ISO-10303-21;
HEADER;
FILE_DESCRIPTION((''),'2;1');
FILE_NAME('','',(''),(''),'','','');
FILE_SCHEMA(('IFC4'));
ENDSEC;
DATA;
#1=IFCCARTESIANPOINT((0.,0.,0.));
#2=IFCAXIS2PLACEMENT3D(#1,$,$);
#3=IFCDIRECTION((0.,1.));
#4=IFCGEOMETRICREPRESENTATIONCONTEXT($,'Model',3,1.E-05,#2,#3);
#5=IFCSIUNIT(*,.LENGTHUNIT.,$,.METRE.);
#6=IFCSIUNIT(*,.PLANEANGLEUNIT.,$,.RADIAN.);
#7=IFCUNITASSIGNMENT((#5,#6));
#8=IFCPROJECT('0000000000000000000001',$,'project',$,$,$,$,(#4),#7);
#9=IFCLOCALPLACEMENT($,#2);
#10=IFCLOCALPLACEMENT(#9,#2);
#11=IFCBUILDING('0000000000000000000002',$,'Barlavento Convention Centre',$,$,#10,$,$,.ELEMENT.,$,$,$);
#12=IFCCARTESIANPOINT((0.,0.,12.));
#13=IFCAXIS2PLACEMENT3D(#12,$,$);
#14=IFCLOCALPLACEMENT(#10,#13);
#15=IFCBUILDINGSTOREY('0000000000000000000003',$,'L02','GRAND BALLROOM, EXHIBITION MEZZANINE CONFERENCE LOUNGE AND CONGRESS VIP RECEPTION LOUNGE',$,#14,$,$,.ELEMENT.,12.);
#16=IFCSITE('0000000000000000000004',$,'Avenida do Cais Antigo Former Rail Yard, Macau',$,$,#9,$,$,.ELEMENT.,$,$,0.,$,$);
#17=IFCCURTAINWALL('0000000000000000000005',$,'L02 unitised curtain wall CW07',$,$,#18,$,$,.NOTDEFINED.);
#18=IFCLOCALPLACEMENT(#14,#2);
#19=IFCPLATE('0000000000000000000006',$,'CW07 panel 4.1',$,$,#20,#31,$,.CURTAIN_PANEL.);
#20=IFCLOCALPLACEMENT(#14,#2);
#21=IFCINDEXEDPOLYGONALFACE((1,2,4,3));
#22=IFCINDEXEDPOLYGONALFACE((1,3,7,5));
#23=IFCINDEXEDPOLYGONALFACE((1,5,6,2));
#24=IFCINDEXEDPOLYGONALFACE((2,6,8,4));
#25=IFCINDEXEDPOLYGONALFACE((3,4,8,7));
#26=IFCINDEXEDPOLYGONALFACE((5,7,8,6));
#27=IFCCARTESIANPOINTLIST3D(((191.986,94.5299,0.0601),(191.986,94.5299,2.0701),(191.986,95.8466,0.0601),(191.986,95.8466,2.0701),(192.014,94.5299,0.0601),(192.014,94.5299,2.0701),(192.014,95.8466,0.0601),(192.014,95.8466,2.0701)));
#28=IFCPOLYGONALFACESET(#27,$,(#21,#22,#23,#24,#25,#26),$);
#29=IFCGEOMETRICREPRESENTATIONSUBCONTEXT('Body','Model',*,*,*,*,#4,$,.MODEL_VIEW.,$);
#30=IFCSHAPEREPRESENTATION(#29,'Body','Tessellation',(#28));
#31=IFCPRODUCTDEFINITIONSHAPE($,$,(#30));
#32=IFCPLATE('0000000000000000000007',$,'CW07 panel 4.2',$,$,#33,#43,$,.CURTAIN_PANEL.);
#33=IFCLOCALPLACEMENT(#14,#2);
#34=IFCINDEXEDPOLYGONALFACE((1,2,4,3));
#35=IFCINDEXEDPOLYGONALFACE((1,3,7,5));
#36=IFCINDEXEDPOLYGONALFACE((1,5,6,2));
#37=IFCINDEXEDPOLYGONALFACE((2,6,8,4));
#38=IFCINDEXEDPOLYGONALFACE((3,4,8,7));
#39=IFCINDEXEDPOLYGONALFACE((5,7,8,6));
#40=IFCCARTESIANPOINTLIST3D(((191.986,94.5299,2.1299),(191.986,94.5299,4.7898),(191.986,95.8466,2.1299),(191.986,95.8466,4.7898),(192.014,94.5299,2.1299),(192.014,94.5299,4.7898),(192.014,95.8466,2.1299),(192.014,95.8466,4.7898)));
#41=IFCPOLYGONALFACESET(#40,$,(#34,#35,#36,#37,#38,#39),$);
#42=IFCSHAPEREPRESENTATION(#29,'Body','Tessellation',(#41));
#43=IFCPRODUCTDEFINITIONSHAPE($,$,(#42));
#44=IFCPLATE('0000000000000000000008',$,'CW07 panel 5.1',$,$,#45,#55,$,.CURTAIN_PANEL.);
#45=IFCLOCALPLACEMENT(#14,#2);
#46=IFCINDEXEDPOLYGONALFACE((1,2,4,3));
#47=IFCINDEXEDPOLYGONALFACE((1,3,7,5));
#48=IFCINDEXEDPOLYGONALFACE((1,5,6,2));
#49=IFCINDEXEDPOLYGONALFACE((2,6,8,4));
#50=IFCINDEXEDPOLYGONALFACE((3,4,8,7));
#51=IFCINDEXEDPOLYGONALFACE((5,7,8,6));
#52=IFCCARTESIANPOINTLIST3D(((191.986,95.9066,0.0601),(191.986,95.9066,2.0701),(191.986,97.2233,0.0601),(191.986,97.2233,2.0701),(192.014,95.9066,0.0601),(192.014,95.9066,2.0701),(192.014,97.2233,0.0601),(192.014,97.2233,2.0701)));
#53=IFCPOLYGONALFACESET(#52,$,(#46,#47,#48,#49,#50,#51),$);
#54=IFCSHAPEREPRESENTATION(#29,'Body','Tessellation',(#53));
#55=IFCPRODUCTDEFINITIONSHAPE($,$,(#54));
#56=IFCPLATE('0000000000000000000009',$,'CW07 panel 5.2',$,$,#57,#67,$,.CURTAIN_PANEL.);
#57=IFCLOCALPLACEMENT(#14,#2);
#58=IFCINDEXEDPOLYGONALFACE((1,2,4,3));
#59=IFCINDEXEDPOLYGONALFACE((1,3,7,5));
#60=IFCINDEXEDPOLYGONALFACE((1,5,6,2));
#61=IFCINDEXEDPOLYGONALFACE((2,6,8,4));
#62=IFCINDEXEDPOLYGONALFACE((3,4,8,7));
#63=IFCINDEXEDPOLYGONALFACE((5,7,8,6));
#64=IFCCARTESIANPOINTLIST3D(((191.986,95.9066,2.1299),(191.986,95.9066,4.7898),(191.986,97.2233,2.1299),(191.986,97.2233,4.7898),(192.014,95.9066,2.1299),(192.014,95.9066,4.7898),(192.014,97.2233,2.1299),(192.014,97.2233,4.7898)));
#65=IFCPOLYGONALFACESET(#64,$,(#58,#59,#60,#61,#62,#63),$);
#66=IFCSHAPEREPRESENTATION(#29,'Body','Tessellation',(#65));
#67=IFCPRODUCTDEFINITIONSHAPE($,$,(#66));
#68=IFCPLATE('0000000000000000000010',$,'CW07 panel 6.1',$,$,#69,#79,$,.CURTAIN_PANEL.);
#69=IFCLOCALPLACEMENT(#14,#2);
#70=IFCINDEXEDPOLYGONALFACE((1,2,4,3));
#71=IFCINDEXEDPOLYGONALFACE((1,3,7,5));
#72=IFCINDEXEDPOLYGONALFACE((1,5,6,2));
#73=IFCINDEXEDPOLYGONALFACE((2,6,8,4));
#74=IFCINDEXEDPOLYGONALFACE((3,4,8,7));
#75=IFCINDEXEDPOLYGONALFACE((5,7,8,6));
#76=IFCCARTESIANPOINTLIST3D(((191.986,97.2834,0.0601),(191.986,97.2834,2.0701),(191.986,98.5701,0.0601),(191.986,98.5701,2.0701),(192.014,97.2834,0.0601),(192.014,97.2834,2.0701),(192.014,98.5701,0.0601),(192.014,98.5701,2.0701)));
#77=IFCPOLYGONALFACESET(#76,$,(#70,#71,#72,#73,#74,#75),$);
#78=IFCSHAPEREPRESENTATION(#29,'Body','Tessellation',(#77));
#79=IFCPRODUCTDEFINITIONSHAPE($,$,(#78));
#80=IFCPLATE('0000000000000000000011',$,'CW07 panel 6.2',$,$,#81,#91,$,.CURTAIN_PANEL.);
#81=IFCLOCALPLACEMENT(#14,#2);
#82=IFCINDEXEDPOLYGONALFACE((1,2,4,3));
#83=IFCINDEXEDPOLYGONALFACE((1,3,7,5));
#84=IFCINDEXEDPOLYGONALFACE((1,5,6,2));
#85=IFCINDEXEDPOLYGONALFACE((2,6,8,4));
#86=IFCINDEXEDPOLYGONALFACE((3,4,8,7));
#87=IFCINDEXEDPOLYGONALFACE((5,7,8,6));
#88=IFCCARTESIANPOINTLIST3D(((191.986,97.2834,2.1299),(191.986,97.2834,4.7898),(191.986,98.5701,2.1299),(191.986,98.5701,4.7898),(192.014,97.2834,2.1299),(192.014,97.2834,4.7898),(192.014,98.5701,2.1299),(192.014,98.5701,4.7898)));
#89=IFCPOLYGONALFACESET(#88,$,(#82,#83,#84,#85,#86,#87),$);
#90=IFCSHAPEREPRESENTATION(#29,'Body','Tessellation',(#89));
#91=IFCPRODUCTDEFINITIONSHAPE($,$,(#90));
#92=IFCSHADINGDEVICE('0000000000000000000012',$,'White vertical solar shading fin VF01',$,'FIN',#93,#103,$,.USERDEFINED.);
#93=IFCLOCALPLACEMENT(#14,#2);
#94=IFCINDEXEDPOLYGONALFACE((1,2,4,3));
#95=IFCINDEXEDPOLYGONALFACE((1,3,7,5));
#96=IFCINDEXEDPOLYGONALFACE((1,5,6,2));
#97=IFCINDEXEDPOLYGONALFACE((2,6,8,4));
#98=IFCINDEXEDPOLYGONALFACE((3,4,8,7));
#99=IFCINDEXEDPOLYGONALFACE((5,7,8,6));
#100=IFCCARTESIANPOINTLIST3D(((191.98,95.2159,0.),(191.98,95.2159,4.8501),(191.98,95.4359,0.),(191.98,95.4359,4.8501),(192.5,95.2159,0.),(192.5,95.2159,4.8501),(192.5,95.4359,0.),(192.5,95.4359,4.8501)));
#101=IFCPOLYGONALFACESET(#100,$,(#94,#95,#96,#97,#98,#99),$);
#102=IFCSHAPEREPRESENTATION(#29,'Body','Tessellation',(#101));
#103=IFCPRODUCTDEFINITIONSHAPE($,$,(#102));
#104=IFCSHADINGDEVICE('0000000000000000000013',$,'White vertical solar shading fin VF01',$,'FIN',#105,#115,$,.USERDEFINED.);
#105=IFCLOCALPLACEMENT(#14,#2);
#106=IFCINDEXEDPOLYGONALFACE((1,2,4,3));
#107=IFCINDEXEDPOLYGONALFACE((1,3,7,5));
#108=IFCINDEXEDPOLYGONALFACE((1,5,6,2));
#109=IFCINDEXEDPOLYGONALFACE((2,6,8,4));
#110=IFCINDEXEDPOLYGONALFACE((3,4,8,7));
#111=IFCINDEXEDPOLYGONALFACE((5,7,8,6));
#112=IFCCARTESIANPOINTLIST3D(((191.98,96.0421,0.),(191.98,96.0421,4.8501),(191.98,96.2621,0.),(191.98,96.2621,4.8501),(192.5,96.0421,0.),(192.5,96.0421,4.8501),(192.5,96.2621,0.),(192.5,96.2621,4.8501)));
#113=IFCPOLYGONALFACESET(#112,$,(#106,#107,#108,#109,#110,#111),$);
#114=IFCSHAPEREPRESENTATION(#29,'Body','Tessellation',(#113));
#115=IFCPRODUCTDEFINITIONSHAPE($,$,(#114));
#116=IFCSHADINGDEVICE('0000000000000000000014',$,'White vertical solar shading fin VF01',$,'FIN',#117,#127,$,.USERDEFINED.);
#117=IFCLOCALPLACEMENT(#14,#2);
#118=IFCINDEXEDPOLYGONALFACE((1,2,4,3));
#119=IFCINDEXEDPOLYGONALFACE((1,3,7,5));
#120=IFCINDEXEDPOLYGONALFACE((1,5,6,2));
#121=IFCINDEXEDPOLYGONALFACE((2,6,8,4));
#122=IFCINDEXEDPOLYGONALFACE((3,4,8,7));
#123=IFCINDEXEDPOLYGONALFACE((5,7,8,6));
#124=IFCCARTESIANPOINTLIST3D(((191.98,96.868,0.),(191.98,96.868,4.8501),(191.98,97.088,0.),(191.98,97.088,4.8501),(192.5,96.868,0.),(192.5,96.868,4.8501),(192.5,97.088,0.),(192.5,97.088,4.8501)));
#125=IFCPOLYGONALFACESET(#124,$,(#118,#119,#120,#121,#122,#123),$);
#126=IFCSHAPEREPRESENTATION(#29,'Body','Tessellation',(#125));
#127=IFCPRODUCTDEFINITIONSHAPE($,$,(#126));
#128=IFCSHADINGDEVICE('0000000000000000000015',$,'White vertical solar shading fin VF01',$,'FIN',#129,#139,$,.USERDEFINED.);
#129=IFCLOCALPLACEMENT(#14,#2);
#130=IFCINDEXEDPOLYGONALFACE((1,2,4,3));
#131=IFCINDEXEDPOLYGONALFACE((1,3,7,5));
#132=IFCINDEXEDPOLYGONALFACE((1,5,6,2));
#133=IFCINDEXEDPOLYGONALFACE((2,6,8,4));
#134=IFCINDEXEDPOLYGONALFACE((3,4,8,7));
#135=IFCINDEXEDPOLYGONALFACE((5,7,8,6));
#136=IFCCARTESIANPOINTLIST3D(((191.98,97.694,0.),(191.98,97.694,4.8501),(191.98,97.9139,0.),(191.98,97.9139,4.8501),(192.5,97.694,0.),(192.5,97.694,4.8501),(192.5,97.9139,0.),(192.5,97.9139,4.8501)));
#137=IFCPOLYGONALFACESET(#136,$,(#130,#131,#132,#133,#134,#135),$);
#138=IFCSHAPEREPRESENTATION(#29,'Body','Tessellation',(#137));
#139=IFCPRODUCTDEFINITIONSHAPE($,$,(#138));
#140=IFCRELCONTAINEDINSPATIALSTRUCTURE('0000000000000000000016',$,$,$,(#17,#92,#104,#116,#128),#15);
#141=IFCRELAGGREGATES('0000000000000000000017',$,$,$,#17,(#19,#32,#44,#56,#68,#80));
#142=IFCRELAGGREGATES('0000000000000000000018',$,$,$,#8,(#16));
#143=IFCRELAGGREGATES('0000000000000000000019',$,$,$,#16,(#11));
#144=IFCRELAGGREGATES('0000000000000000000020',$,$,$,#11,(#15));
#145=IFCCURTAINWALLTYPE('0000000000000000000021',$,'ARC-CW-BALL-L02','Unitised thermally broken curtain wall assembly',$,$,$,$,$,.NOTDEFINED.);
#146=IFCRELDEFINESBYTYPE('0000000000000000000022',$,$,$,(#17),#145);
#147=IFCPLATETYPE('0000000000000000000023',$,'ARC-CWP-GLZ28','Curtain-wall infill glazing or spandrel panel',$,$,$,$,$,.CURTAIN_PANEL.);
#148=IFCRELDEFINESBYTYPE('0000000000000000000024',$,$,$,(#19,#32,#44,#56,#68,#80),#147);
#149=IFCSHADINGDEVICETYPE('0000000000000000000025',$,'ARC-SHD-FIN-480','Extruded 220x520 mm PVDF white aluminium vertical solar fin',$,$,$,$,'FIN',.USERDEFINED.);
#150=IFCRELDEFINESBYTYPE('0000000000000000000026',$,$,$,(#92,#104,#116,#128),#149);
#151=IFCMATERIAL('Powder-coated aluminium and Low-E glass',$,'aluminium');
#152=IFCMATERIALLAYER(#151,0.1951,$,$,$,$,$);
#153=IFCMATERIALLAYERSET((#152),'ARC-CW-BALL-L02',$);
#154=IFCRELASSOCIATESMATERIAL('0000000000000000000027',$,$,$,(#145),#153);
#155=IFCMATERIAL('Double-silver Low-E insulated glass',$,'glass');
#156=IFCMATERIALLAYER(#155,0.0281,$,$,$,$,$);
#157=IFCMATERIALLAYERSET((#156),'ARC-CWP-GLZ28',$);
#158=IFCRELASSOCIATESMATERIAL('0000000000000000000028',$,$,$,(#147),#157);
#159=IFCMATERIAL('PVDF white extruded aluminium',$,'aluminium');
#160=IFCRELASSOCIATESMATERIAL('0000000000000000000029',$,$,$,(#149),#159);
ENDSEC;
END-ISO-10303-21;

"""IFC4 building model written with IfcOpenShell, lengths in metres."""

from ifc_helpers import new_model, si_unit, direction, frame, origin, origin_2d, place, context, subcontext, project, spatial, rectangle, extrude, material, layer, layer_set, type_object, element, aggregate, save


model = new_model("IFC4")

# Units and contexts
model_context = context("Model", 3, precision=1e-05, world=origin(), true_north=direction((0.0, 1.0)))
body_context = subcontext(model_context, "Body", "Model", "MODEL_VIEW")
ifc_project = project(units=[si_unit("LENGTHUNIT", "METRE"), si_unit("PLANEANGLEUNIT", "RADIAN")], contexts=[model_context])

# Site, building, storey
site_placement = place(None, origin())
site = spatial("IfcSite", under=ifc_project, at=site_placement, Name="Avenida do Cais Antigo Former Rail Yard, Macau", CompositionType="ELEMENT", RefElevation=0.0)
building_placement = place(site_placement, origin())
building = spatial("IfcBuilding", under=site, at=building_placement, Name="Barlavento Convention Centre", CompositionType="ELEMENT")
storey_placement = place(building_placement, frame((0.0, 0.0, 12.0)))
storey = spatial("IfcBuildingStorey", under=building, at=storey_placement, Name="L02", Description="GRAND BALLROOM, EXHIBITION MEZZANINE CONFERENCE LOUNGE AND CONGRESS VIP RECEPTION LOUNGE", CompositionType="ELEMENT", Elevation=12.0)

# Curtain wall, plates
ifc_material_1 = material(Name="Powder-coated aluminium and Low-E glass", Category="aluminium")
ifc_layer_1 = layer(ifc_material_1, 0.1951)
ifc_layer_set_1 = layer_set([ifc_layer_1], Name="ARC-CW-BALL-L02")
curtain_wall_type = type_object("IfcCurtainWallType", Name="ARC-CW-BALL-L02", Description="Unitised thermally broken curtain wall assembly", PredefinedType="NOTDEFINED", material=ifc_layer_set_1)
curtain_wall_placement = place(storey_placement, origin())
curtain_wall = element("IfcCurtainWall", 1, at=curtain_wall_placement, inside=storey, type_object=curtain_wall_type, Name="L02 unitised curtain wall CW07", PredefinedType="NOTDEFINED")
ifc_material_2 = material(Name="Double-silver Low-E insulated glass", Category="glass")
ifc_layer_2 = layer(ifc_material_2, 0.0281)
ifc_layer_set_2 = layer_set([ifc_layer_2], Name="ARC-CWP-GLZ28")
plate_type = type_object("IfcPlateType", Name="ARC-CWP-GLZ28", Description="Curtain-wall infill glazing or spandrel panel", PredefinedType="CURTAIN_PANEL", material=ifc_layer_set_2)
plate_1_placement = place(storey_placement, frame((192.0, 95.1882, 0.0601), z_axis=(0.0, 0.0, 1.0), x_axis=(0.0, 1.0, 0.0)))
plate_1 = element("IfcPlate", 2, at=plate_1_placement, type_object=plate_type, Name="CW07 panel 4.1", PredefinedType="CURTAIN_PANEL", context=body_context, shape_type="SweptSolid", body=[
    extrude(rectangle(XDim=1.3167, YDim=0.0281, at=origin_2d()), origin(), (0.0, 0.0, 1.0), 2.01),
])
plate_2_placement = place(storey_placement, frame((192.0, 95.1882, 2.1299), z_axis=(0.0, 0.0, 1.0), x_axis=(0.0, 1.0, 0.0)))
plate_2 = element("IfcPlate", 3, at=plate_2_placement, type_object=plate_type, Name="CW07 panel 4.2", PredefinedType="CURTAIN_PANEL", context=body_context, shape_type="SweptSolid", body=[
    extrude(rectangle(XDim=1.3167, YDim=0.0281, at=origin_2d()), origin(), (0.0, 0.0, 1.0), 2.6599),
])
plate_3_placement = place(storey_placement, frame((192.0, 96.5649, 0.0601), z_axis=(0.0, 0.0, 1.0), x_axis=(0.0, 1.0, 0.0)))
plate_3 = element("IfcPlate", 4, at=plate_3_placement, type_object=plate_type, Name="CW07 panel 5.1", PredefinedType="CURTAIN_PANEL", context=body_context, shape_type="SweptSolid", body=[
    extrude(rectangle(XDim=1.3167, YDim=0.0281, at=origin_2d()), origin(), (0.0, 0.0, 1.0), 2.01),
])
plate_4_placement = place(storey_placement, frame((192.0, 96.5649, 2.1299), z_axis=(0.0, 0.0, 1.0), x_axis=(0.0, 1.0, 0.0)))
plate_4 = element("IfcPlate", 5, at=plate_4_placement, type_object=plate_type, Name="CW07 panel 5.2", PredefinedType="CURTAIN_PANEL", context=body_context, shape_type="SweptSolid", body=[
    extrude(rectangle(XDim=1.3167, YDim=0.0281, at=origin_2d()), origin(), (0.0, 0.0, 1.0), 2.6599),
])
plate_5_placement = place(storey_placement, frame((192.0, 97.9268, 0.0601), z_axis=(0.0, 0.0, 1.0), x_axis=(0.0, 1.0, 0.0)))
plate_5 = element("IfcPlate", 6, at=plate_5_placement, type_object=plate_type, Name="CW07 panel 6.1", PredefinedType="CURTAIN_PANEL", context=body_context, shape_type="SweptSolid", body=[
    extrude(rectangle(XDim=1.2866, YDim=0.0281, at=origin_2d()), origin(), (0.0, 0.0, 1.0), 2.01),
])
plate_6_placement = place(storey_placement, frame((192.0, 97.9268, 2.1299), z_axis=(0.0, 0.0, 1.0), x_axis=(0.0, 1.0, 0.0)))
plate_6 = element("IfcPlate", 7, at=plate_6_placement, type_object=plate_type, Name="CW07 panel 6.2", PredefinedType="CURTAIN_PANEL", context=body_context, shape_type="SweptSolid", body=[
    extrude(rectangle(XDim=1.2866, YDim=0.0281, at=origin_2d()), origin(), (0.0, 0.0, 1.0), 2.6599),
])
aggregate(curtain_wall, [plate_1, plate_2, plate_3, plate_4, plate_5, plate_6])

# Shading devices
ifc_material_3 = material(Name="PVDF white extruded aluminium", Category="aluminium")
shading_device_type = type_object("IfcShadingDeviceType", Name="ARC-SHD-FIN-480", Description="Extruded 220x520 mm PVDF white aluminium vertical solar fin", ElementType="FIN", PredefinedType="USERDEFINED", material=ifc_material_3)
for number, where, z_axis, x_axis, name in (
    (8, (192.24, 95.3259, 0.0), (0.0, 0.0, 1.0), (0.0, 1.0, 0.0), "White vertical solar shading fin VF01"),
    (9, (192.24, 96.1521, 0.0), (0.0, 0.0, 1.0), (0.0, 1.0, 0.0), "White vertical solar shading fin VF01"),
    (10, (192.24, 96.978, 0.0), (0.0, 0.0, 1.0), (0.0, 1.0, 0.0), "White vertical solar shading fin VF01"),
    (11, (192.24, 97.804, 0.0), (0.0, 0.0, 1.0), (0.0, 1.0, 0.0), "White vertical solar shading fin VF01"),
):
    element("IfcShadingDevice", number, at=place(storey_placement, frame(where, z_axis=z_axis, x_axis=x_axis)), inside=storey, type_object=shading_device_type, Name=name, ObjectType="FIN", PredefinedType="USERDEFINED", context=body_context, shape_type="SweptSolid", body=[
        extrude(rectangle(XDim=0.22, YDim=0.52, at=origin_2d()), origin(), (0.0, 0.0, 1.0), 4.8501),
    ])

save(model, "model.ifc")
